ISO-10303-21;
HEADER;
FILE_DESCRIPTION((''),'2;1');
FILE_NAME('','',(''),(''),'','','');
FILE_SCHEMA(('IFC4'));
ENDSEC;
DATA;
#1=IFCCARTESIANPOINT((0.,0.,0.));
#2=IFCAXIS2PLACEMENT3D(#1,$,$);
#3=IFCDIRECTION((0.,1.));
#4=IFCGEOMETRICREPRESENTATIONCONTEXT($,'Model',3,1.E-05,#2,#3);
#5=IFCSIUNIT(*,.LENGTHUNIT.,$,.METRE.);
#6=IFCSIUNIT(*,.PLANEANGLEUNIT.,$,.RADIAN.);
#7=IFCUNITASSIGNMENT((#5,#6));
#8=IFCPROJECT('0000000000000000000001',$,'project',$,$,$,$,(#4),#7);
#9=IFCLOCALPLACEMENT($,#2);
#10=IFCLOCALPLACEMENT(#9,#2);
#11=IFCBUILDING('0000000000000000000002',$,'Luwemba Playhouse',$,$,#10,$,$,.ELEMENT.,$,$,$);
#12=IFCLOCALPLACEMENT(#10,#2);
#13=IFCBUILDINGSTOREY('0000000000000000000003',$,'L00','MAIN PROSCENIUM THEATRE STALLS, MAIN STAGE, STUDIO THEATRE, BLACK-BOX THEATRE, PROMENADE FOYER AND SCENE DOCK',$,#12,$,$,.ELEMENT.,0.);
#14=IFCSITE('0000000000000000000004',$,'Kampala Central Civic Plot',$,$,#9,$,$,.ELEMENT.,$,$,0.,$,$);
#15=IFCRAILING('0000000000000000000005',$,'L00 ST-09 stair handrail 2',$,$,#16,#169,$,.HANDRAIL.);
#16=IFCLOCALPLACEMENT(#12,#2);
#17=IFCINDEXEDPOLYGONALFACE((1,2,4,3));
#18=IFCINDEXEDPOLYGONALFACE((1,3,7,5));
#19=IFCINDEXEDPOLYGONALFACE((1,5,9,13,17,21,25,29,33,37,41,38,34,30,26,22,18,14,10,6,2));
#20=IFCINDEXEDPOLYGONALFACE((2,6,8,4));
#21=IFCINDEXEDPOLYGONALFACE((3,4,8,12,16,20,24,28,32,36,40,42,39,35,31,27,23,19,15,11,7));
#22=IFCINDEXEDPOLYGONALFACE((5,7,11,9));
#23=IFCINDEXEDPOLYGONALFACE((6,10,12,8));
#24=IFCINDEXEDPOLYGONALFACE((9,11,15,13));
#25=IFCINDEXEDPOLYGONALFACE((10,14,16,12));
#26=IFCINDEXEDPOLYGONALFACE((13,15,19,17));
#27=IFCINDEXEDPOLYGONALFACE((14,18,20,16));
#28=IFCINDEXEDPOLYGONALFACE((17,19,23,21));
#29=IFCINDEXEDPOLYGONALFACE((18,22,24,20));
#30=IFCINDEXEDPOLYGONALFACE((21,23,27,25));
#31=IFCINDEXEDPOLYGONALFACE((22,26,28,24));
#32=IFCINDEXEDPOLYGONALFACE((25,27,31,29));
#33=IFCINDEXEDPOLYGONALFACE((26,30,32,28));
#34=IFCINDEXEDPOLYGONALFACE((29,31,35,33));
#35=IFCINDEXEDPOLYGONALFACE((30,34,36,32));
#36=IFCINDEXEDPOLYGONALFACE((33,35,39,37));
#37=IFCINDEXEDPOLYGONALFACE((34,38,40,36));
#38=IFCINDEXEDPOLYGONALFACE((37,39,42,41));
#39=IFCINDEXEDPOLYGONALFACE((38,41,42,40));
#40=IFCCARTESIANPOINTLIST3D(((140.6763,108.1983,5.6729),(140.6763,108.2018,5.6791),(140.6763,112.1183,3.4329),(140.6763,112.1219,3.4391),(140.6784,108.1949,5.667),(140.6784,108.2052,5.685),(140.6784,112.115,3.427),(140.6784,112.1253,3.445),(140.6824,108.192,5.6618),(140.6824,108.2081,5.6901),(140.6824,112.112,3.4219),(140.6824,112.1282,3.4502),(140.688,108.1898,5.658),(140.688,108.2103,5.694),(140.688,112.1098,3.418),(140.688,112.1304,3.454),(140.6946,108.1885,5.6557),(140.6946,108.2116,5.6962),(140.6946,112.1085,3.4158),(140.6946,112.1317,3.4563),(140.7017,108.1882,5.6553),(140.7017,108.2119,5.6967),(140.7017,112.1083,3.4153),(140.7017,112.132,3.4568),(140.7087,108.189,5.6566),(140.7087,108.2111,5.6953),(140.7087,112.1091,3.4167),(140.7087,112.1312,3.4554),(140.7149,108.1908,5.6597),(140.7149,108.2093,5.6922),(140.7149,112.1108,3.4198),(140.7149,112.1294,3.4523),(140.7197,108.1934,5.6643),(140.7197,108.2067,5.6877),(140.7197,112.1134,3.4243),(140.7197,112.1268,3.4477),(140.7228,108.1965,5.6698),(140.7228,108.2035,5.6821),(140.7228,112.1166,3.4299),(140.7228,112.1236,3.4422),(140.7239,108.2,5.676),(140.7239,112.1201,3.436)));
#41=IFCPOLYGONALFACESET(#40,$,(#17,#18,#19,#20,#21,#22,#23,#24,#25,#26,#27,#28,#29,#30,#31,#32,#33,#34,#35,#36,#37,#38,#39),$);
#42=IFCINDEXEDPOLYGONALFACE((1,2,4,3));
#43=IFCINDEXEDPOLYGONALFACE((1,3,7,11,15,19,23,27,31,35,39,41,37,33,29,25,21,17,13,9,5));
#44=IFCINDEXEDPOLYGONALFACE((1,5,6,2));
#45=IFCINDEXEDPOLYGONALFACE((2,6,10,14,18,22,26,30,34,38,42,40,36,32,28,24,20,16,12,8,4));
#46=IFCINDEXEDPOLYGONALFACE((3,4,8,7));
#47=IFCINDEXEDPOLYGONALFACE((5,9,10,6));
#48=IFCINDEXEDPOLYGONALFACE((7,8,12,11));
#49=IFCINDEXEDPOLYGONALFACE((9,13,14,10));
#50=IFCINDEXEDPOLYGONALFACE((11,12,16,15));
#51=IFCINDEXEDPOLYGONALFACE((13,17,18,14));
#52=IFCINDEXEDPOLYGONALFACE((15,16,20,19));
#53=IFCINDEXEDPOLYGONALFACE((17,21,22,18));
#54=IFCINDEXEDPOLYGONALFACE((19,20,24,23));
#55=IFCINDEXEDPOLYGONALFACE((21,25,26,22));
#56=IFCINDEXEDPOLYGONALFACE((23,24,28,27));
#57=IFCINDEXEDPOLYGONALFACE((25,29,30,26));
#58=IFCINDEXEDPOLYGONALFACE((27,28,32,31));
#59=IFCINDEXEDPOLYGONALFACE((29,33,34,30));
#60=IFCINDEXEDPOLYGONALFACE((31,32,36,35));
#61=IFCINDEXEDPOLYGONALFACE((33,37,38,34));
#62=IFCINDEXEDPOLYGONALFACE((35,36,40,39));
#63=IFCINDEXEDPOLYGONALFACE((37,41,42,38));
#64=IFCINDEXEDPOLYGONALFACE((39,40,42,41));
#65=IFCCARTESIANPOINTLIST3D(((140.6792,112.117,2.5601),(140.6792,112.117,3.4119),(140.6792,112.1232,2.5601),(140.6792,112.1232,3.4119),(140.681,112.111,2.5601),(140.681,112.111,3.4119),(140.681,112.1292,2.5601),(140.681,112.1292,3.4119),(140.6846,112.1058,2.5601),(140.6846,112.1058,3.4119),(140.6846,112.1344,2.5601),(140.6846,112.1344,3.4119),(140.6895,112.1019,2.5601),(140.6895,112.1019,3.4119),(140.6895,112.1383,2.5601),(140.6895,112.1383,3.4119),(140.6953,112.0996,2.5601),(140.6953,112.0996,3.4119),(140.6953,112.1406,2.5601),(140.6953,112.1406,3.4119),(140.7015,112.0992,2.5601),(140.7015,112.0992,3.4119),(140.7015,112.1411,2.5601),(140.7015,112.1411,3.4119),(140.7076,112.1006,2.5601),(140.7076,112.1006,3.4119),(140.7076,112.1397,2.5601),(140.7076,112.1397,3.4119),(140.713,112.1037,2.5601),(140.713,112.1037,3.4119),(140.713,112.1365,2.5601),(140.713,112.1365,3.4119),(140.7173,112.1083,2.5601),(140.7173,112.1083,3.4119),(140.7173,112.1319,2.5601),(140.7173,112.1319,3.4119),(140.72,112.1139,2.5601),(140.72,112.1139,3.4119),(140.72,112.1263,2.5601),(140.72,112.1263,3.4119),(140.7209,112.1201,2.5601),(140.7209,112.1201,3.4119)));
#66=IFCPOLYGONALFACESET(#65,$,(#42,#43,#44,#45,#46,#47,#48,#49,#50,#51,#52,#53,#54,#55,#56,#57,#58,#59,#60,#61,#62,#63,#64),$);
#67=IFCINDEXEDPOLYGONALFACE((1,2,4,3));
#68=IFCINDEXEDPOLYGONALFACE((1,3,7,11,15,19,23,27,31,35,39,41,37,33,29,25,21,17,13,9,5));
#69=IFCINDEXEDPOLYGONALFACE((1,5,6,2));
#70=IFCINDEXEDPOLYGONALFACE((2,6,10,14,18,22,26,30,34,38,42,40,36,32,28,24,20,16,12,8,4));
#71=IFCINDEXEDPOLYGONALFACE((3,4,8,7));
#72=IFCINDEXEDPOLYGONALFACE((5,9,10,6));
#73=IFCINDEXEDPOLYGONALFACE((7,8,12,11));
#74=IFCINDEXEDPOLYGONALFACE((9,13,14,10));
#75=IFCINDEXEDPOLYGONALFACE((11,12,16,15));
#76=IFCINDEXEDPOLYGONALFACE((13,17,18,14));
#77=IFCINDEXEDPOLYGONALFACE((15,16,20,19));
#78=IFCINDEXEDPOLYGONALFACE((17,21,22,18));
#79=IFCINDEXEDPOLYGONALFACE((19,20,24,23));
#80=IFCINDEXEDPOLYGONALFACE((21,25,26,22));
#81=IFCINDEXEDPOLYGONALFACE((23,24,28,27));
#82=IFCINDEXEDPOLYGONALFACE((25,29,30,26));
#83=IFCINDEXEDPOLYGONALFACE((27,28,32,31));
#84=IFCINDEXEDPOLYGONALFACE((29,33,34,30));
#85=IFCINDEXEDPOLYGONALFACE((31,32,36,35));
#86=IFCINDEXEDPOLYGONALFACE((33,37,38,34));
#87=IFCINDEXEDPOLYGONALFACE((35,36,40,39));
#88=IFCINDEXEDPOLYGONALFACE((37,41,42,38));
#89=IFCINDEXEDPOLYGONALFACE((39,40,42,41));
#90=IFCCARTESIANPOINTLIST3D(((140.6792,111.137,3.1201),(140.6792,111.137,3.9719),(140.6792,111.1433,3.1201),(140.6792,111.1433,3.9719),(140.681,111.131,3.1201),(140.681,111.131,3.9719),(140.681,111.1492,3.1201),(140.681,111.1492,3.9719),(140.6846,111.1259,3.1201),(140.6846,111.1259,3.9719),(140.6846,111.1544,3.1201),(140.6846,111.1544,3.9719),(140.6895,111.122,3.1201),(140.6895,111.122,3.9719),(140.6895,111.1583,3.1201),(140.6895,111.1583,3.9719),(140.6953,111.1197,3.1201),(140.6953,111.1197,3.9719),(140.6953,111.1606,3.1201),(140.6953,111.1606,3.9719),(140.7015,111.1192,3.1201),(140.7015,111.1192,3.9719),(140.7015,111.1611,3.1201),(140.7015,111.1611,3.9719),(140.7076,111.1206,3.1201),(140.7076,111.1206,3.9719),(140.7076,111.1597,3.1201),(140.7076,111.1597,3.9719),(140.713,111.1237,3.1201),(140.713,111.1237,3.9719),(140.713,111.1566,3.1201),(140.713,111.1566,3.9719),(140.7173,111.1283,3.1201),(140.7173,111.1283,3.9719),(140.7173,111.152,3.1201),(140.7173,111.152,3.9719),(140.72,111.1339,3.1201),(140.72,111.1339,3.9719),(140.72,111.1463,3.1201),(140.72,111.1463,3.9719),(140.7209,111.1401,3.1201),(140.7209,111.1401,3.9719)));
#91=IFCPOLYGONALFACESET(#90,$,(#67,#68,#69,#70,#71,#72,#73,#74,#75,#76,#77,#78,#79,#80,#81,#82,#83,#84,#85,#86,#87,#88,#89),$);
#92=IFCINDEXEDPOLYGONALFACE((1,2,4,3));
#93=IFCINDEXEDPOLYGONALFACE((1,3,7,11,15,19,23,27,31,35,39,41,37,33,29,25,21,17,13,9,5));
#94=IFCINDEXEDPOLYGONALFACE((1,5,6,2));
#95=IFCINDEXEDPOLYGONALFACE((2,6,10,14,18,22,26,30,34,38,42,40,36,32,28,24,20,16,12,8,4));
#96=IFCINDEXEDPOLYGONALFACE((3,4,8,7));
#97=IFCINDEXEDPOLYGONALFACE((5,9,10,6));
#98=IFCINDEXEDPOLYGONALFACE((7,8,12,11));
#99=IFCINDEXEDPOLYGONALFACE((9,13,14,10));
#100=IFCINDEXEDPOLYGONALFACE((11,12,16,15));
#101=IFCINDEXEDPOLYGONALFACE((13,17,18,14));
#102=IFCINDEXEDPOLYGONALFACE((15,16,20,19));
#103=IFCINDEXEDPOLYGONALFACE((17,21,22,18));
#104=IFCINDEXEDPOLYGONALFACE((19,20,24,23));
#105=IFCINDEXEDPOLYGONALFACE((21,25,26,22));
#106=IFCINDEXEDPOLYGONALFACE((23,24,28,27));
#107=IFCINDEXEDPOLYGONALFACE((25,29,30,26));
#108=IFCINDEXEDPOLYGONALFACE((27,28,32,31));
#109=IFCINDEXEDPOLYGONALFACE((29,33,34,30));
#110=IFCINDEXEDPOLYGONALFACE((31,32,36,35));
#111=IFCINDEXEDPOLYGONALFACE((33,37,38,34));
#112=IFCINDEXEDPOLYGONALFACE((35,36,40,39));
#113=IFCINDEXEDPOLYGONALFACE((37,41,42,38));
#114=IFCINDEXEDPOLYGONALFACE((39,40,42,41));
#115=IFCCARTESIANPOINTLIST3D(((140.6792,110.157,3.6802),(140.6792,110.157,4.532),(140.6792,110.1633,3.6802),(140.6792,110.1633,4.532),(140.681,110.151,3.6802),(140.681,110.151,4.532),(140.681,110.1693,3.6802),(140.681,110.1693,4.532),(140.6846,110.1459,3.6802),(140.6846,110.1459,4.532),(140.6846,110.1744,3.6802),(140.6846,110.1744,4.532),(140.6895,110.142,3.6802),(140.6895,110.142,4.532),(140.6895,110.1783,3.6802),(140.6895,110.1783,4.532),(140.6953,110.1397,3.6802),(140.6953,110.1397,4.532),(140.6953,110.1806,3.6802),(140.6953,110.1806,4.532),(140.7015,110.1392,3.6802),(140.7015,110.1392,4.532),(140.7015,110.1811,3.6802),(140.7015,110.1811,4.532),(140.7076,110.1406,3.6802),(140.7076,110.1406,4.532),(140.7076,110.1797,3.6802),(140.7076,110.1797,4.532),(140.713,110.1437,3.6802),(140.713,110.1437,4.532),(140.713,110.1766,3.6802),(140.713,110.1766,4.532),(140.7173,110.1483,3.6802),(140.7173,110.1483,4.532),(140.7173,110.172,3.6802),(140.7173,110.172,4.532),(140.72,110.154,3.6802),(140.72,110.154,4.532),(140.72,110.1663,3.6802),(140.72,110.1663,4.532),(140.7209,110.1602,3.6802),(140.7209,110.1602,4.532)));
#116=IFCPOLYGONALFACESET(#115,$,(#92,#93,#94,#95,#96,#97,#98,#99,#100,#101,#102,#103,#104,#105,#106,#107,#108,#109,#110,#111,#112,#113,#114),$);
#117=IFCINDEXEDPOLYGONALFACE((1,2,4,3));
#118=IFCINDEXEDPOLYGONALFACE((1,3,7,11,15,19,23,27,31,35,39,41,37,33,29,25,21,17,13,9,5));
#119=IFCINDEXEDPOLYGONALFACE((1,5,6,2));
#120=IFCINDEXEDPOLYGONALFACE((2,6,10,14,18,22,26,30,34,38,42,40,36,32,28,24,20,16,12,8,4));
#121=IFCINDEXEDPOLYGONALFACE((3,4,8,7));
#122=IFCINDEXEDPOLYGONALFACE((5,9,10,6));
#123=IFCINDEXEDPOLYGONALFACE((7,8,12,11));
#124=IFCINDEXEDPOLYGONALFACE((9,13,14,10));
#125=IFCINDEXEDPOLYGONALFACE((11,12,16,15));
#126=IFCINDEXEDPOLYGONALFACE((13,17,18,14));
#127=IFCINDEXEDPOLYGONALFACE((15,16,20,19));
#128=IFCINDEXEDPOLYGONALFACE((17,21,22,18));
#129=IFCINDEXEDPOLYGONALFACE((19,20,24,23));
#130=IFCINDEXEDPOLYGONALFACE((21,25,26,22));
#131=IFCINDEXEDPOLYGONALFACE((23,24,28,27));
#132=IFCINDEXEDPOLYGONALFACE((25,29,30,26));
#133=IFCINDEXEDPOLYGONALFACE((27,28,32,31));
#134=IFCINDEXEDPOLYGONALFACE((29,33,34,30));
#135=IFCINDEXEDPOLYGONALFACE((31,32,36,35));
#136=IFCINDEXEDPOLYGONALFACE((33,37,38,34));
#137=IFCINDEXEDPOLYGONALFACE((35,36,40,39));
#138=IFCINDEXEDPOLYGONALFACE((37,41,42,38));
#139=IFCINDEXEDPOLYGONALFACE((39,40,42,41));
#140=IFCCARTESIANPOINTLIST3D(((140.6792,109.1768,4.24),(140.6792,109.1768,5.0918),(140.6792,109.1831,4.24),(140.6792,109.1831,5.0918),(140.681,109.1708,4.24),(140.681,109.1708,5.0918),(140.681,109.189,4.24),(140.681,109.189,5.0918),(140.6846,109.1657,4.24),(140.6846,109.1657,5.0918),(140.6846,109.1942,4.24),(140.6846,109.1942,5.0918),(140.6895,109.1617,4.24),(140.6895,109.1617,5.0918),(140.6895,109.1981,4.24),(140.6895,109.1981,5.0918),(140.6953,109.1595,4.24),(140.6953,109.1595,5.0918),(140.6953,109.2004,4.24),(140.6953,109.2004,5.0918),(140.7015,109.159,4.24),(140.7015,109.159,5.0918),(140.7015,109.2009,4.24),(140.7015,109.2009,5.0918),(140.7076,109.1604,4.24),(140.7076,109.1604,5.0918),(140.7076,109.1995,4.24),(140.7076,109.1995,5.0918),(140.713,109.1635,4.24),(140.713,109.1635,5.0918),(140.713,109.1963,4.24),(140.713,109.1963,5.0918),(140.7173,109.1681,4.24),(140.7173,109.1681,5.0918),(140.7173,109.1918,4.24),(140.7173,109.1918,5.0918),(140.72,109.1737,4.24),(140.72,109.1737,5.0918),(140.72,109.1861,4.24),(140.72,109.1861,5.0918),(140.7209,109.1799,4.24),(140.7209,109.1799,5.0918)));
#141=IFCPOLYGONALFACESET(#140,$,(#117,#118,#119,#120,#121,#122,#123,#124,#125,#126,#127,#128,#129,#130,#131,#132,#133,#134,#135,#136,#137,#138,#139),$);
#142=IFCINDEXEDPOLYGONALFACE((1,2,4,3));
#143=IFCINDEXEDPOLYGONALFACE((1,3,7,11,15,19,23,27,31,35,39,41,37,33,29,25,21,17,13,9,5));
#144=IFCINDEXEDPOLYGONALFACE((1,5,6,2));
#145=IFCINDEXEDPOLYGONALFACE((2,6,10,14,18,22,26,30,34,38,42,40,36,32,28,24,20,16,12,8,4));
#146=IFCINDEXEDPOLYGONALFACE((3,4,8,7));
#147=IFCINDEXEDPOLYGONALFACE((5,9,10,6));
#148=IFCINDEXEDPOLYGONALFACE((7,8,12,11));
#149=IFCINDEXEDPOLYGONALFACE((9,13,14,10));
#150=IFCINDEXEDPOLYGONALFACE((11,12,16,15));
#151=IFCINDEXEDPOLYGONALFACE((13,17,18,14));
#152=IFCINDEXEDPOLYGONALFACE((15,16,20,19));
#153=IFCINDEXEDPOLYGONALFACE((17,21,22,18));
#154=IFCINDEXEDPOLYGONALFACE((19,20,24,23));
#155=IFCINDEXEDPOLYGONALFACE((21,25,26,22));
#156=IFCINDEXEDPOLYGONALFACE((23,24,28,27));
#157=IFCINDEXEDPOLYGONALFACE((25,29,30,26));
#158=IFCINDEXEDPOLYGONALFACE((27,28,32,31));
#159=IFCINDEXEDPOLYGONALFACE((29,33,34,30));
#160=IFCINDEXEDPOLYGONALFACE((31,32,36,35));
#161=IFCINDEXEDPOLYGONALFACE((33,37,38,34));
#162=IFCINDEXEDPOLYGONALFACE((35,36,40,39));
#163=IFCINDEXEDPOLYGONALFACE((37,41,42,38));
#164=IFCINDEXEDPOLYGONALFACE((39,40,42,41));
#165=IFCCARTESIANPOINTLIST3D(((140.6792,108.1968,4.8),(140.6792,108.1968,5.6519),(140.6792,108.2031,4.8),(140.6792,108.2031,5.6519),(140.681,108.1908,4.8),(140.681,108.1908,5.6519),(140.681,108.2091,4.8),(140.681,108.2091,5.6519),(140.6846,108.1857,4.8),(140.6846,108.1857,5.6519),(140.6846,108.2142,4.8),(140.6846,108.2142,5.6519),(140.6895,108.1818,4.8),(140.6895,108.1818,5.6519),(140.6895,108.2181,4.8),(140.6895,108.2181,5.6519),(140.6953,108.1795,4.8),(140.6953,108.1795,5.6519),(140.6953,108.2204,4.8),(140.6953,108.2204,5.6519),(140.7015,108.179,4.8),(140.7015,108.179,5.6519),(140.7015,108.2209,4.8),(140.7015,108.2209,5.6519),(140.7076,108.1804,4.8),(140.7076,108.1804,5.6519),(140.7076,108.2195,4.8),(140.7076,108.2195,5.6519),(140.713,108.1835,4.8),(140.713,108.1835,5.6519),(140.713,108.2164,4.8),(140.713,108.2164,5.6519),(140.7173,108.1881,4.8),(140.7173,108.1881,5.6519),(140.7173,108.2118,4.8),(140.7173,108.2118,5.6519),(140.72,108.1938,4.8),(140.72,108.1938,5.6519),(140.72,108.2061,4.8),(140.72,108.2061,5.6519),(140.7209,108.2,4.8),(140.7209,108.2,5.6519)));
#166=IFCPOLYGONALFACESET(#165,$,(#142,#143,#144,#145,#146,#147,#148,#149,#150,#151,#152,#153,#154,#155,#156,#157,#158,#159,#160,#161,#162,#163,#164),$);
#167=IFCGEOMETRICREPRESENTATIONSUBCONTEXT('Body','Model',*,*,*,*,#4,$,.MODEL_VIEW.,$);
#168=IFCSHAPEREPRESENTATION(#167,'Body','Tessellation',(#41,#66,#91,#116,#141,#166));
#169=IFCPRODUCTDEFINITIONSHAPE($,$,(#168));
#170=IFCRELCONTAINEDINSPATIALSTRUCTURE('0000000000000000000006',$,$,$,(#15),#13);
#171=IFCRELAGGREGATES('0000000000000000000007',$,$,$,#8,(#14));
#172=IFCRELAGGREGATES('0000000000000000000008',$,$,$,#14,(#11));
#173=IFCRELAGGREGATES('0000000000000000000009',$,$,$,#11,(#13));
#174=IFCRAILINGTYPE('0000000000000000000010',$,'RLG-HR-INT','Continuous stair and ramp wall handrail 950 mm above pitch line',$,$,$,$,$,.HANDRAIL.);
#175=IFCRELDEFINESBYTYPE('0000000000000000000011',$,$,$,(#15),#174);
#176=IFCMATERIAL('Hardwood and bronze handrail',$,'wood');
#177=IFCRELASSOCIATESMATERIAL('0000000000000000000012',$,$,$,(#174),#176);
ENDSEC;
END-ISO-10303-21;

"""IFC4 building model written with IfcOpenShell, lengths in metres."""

from ifc_helpers import new_model, si_unit, direction, frame, origin, origin_2d, place, context, subcontext, project, spatial, circle, extrude, material, type_object, element, save


model = new_model("IFC4")

# Units and contexts
model_context = context("Model", 3, precision=1e-05, world=origin(), true_north=direction((0.0, 1.0)))
body_context = subcontext(model_context, "Body", "Model", "MODEL_VIEW")
ifc_project = project(units=[si_unit("LENGTHUNIT", "METRE"), si_unit("PLANEANGLEUNIT", "RADIAN")], contexts=[model_context])

# Site, building, storey
site_placement = place(None, origin())
site = spatial("IfcSite", under=ifc_project, at=site_placement, Name="Kampala Central Civic Plot", CompositionType="ELEMENT", RefElevation=0.0)
building_placement = place(site_placement, origin())
building = spatial("IfcBuilding", under=site, at=building_placement, Name="Luwemba Playhouse", CompositionType="ELEMENT")
storey_placement = place(building_placement, origin())
storey = spatial("IfcBuildingStorey", under=building, at=storey_placement, Name="L00", Description="MAIN PROSCENIUM THEATRE STALLS, MAIN STAGE, STUDIO THEATRE, BLACK-BOX THEATRE, PROMENADE FOYER AND SCENE DOCK", CompositionType="ELEMENT", Elevation=0.0)

# Railing
ifc_material_1 = material(Name="Hardwood and bronze handrail", Category="wood")
railing_type_1 = type_object("IfcRailingType", Name="RLG-HR-INT", Description="Continuous stair and ramp wall handrail 950 mm above pitch line", PredefinedType="HANDRAIL", material=ifc_material_1)
railing_1_placement = place(storey_placement, frame((140.7, 112.1201, 2.5601)))
element("IfcRailing", 1, at=railing_1_placement, inside=storey, type_object=railing_type_1, Name="L00 ST-09 stair handrail 2", PredefinedType="HANDRAIL", context=body_context, shape_type="SweptSolid", body=[
    extrude(circle(Radius=0.0239, at=origin_2d()), frame((0.0, 0.0, 0.876), z_axis=(0.0, -0.868253, 0.496121), x_axis=(1.0, 0.0, 0.0)), (0.0, 0.0, 1.0), 4.5149),
    extrude(circle(Radius=0.021, at=origin_2d()), origin(), (0.0, 0.0, 1.0), 0.8518),
    extrude(circle(Radius=0.021, at=origin_2d()), frame((0.0, -0.98, 0.5601)), (0.0, 0.0, 1.0), 0.8518),
    extrude(circle(Radius=0.021, at=origin_2d()), frame((0.0, -1.96, 1.1201)), (0.0, 0.0, 1.0), 0.8518),
    extrude(circle(Radius=0.021, at=origin_2d()), frame((0.0, -2.9402, 1.6799)), (0.0, 0.0, 1.0), 0.8518),
    extrude(circle(Radius=0.021, at=origin_2d()), frame((0.0, -3.9202, 2.24)), (0.0, 0.0, 1.0), 0.8518),
])

save(model, "model.ifc")
